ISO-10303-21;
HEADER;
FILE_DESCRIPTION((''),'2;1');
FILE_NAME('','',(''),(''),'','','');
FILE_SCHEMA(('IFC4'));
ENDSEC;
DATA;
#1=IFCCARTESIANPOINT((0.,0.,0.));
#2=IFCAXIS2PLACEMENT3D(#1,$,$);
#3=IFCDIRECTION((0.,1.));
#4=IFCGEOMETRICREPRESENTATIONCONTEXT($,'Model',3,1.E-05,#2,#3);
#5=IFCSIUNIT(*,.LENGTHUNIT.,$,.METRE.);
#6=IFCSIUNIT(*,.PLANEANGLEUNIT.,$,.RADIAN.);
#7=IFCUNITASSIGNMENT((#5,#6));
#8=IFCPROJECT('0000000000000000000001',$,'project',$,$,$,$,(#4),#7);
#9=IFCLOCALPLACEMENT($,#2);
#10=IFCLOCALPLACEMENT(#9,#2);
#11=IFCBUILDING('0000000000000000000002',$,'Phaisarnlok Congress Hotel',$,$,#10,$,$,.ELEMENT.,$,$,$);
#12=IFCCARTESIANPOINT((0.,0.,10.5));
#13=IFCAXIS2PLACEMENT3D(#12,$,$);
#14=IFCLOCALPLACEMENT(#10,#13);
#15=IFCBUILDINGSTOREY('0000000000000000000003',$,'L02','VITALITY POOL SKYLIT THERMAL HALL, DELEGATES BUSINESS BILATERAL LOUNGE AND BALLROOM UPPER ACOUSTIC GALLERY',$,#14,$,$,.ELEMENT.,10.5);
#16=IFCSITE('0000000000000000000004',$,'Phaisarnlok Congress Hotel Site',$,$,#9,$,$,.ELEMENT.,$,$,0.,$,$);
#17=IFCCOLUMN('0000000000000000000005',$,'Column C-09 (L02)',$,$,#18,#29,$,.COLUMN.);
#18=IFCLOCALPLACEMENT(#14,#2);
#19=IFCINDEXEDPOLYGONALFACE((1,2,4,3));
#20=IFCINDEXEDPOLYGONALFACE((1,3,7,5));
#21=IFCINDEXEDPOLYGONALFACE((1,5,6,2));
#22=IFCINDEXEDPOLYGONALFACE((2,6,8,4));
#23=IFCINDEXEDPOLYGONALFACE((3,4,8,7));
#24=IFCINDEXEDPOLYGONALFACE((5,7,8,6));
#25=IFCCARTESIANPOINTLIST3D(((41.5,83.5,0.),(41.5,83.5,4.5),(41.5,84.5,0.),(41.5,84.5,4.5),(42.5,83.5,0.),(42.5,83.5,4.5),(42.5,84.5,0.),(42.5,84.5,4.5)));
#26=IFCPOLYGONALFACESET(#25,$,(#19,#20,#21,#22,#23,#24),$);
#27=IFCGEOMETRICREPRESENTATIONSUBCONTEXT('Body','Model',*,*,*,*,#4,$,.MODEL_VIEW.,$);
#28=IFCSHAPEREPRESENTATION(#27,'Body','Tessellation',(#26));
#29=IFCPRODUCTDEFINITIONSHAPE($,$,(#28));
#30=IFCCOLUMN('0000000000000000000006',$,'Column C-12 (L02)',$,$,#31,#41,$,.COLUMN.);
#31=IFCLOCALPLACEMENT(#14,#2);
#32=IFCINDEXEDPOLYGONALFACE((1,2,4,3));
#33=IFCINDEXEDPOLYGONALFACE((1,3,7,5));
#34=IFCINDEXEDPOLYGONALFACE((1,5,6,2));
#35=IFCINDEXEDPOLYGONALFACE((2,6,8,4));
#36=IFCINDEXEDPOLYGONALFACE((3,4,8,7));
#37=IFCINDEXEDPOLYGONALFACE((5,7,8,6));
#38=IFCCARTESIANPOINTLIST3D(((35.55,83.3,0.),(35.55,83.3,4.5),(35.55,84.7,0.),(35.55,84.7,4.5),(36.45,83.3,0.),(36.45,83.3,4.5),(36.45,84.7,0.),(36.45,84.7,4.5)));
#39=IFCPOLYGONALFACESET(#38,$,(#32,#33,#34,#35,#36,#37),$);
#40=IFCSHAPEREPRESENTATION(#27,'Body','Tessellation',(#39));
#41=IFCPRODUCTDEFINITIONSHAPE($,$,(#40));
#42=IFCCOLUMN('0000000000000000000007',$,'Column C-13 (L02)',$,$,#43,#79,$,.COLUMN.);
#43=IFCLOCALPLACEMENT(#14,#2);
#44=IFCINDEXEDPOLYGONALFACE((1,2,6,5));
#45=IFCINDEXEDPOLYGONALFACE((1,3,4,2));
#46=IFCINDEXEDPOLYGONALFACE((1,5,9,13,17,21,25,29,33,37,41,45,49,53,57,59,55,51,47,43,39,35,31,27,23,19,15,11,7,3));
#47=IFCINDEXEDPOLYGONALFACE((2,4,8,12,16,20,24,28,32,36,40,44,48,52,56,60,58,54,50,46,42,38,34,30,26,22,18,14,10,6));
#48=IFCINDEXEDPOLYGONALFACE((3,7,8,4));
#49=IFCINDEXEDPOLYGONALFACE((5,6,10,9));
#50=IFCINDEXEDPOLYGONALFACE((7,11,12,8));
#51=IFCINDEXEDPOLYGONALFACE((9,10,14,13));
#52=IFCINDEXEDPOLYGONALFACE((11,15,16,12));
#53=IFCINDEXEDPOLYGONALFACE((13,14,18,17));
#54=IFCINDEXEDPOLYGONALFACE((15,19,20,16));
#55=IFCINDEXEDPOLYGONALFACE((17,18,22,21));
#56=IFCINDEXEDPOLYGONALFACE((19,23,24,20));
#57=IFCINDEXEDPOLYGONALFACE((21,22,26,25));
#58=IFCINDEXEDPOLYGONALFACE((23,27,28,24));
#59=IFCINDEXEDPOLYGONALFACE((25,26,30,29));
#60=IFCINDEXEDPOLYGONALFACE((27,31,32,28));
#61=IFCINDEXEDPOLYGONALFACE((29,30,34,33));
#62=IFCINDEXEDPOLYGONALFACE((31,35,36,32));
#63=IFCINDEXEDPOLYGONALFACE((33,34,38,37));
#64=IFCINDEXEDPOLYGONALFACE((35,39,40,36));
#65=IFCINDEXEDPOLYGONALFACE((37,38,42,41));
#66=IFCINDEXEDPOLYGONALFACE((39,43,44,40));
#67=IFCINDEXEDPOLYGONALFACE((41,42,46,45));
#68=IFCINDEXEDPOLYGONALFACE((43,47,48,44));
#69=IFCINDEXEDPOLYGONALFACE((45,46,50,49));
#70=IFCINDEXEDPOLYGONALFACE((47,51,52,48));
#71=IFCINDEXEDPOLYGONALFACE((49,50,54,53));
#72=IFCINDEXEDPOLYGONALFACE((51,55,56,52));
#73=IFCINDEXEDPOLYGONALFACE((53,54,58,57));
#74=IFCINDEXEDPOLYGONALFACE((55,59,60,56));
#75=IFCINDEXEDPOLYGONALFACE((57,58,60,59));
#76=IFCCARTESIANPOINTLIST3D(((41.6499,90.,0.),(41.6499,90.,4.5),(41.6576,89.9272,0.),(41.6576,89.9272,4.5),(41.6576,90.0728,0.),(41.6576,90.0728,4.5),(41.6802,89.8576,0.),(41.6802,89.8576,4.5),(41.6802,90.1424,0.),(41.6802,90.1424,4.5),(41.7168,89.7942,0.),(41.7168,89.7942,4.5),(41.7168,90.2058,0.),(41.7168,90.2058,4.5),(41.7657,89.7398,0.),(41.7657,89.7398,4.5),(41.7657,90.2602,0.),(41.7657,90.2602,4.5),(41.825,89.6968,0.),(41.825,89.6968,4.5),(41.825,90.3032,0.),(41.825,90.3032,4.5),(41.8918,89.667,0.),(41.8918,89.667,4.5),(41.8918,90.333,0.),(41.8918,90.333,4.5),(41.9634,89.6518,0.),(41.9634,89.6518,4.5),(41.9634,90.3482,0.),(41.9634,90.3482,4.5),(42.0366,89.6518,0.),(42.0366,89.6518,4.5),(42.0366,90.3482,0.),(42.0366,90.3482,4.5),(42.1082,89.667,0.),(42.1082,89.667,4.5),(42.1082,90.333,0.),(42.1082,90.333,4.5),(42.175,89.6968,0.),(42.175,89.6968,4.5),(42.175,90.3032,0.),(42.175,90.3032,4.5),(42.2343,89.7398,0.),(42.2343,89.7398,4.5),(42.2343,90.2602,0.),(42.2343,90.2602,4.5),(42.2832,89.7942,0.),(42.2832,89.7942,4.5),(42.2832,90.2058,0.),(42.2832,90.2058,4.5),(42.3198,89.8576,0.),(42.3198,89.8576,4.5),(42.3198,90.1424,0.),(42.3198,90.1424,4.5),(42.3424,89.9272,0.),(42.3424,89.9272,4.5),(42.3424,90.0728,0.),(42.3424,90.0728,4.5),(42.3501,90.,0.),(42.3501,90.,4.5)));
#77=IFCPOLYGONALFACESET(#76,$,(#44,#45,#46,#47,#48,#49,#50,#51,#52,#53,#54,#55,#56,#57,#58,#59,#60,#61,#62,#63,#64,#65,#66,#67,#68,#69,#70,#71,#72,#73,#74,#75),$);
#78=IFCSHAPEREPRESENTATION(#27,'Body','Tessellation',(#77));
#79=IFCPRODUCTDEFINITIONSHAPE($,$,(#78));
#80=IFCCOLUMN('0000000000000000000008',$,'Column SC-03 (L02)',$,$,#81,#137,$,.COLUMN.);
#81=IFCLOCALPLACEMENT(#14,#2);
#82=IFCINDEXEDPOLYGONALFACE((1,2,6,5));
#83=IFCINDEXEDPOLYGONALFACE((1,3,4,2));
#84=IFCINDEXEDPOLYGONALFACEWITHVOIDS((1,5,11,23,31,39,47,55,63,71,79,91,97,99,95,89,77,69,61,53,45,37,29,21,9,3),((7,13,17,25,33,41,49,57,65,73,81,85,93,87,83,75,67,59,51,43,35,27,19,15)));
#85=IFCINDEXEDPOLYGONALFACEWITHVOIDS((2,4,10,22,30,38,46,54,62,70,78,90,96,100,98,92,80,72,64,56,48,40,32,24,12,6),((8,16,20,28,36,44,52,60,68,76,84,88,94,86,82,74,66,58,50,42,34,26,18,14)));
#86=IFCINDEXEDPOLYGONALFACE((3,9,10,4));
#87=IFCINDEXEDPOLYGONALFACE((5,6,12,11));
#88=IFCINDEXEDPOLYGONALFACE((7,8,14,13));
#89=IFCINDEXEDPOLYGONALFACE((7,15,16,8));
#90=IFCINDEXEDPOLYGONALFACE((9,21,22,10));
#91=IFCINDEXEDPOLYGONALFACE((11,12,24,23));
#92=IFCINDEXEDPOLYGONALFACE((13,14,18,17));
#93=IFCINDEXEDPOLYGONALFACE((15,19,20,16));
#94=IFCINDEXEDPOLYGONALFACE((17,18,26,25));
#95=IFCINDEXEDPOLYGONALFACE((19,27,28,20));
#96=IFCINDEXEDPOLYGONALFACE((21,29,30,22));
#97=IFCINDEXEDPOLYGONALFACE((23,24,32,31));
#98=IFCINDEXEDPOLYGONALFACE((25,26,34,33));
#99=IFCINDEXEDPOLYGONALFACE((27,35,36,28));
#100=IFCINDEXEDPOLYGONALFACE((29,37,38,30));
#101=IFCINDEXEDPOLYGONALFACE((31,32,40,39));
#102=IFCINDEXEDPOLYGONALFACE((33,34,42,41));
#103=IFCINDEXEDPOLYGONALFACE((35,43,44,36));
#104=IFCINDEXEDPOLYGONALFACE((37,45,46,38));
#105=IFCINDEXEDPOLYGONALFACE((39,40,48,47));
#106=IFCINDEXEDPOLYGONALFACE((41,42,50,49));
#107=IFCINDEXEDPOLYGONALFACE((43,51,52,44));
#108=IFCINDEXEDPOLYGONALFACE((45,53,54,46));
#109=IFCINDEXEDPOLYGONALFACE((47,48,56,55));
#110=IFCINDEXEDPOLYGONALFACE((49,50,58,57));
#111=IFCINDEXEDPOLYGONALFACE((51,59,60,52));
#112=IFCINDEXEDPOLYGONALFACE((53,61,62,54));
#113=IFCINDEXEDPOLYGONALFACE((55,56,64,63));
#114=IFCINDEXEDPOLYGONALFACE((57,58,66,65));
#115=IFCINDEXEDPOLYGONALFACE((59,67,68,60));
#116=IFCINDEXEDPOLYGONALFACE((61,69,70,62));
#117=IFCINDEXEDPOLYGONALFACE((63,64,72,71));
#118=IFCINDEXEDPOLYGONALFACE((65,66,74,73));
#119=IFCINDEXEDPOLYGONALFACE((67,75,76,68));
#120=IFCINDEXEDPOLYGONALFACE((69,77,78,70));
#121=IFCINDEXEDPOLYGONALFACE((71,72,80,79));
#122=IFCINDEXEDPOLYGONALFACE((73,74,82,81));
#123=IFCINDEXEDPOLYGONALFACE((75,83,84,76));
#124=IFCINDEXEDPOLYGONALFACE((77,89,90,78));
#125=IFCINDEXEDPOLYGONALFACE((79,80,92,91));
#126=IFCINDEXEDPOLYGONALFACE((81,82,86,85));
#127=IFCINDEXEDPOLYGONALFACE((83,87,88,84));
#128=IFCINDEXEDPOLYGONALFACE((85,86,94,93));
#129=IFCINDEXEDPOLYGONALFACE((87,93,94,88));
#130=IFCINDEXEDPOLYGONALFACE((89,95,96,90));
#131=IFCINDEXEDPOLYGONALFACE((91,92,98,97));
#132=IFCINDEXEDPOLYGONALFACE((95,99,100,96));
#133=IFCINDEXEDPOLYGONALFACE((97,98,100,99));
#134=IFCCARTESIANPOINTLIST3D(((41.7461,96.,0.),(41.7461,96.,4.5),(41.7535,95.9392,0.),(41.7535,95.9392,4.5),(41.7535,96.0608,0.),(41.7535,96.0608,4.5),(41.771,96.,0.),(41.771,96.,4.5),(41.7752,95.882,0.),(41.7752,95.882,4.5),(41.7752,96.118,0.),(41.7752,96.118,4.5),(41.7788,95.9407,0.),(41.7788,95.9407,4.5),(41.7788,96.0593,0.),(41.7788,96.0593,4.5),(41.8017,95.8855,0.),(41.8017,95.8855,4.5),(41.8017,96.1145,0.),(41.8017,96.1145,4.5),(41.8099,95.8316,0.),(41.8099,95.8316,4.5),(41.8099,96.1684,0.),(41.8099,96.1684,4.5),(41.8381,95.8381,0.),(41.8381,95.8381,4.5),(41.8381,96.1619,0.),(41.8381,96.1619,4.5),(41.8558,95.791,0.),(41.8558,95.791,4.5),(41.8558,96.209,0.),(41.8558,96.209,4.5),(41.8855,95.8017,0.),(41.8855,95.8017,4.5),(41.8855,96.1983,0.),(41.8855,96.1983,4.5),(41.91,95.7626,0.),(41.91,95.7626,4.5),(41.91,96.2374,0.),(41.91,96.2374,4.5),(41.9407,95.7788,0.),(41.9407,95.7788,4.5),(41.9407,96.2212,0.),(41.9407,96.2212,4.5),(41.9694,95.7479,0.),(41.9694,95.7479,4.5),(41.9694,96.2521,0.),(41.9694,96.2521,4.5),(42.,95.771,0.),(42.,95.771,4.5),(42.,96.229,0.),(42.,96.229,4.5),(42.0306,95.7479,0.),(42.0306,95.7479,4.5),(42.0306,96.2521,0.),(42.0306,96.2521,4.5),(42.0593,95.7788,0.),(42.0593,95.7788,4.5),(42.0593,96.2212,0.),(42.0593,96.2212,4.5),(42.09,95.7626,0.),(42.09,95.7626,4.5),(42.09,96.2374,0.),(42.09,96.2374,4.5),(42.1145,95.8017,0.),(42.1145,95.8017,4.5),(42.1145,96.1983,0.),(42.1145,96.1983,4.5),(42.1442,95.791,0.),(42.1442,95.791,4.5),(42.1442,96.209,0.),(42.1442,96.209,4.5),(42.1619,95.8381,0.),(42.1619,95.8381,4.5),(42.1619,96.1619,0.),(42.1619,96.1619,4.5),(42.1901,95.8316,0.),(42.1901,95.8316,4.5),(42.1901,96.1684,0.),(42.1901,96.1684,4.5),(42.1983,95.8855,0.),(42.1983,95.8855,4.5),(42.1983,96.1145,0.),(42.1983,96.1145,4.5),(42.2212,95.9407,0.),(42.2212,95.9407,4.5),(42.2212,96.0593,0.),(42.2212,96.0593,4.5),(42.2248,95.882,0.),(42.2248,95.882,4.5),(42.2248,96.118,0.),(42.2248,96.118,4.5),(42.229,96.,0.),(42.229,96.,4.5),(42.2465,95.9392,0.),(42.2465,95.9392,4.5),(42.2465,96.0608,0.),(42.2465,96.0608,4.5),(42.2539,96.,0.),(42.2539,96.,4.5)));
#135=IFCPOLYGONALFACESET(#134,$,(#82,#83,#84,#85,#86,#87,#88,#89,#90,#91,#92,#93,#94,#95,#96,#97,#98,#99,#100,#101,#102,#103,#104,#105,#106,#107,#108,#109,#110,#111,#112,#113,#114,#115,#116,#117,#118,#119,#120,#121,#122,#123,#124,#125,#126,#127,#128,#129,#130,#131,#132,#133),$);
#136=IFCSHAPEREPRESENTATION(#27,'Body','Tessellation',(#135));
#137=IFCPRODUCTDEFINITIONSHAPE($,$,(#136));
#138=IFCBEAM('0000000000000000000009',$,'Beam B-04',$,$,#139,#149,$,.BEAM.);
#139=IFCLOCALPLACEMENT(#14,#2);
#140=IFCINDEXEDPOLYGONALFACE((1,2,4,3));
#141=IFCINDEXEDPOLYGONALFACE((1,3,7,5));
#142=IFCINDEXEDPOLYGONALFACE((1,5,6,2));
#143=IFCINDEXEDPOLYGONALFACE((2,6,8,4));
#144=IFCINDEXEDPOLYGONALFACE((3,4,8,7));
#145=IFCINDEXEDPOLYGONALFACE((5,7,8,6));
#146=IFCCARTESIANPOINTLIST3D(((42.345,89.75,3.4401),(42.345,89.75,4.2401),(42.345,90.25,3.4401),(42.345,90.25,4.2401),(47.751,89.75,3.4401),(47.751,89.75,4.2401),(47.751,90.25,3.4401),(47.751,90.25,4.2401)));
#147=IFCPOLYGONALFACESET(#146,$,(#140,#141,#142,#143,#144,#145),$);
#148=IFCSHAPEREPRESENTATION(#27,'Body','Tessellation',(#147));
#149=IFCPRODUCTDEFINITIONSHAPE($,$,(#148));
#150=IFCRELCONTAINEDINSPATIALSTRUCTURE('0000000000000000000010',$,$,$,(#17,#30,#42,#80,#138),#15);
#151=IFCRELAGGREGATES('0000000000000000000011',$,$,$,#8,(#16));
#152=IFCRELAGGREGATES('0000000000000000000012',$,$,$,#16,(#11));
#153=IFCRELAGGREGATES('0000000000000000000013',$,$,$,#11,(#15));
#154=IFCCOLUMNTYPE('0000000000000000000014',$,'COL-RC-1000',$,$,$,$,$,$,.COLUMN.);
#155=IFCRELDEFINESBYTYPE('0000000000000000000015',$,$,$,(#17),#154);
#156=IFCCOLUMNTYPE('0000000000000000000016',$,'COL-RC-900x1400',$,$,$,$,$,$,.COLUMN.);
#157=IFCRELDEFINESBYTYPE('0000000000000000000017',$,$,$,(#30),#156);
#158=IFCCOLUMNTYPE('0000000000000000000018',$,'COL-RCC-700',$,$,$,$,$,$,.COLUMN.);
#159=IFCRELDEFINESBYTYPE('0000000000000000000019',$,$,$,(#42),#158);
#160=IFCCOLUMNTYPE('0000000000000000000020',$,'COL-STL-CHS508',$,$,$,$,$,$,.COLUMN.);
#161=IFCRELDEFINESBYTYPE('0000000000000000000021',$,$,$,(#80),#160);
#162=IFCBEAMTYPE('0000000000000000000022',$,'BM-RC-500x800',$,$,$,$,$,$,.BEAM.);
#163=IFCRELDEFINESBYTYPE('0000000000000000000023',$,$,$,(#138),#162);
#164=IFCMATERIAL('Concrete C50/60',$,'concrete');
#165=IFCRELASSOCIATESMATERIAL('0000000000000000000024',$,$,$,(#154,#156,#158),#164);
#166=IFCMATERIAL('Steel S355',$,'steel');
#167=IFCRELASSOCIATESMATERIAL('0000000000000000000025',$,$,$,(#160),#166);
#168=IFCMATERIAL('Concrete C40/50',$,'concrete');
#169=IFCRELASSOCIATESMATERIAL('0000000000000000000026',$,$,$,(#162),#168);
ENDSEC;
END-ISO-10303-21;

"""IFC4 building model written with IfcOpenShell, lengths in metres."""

from ifc_helpers import new_model, si_unit, direction, frame, origin, origin_2d, place, context, subcontext, project, spatial, rectangle, circle, hollow_circle, extrude, material, material_profile, profile_set, type_object, element, save


model = new_model("IFC4")

# Units and contexts
model_context = context("Model", 3, precision=1e-05, world=origin(), true_north=direction((0.0, 1.0)))
body_context = subcontext(model_context, "Body", "Model", "MODEL_VIEW")
ifc_project = project(units=[si_unit("LENGTHUNIT", "METRE"), si_unit("PLANEANGLEUNIT", "RADIAN")], contexts=[model_context])

# Site, building, storey
site_placement = place(None, origin())
site = spatial("IfcSite", under=ifc_project, at=site_placement, Name="Phaisarnlok Congress Hotel Site", CompositionType="ELEMENT", RefElevation=0.0)
building_placement = place(site_placement, origin())
building = spatial("IfcBuilding", under=site, at=building_placement, Name="Phaisarnlok Congress Hotel", CompositionType="ELEMENT")
storey_placement = place(building_placement, frame((0.0, 0.0, 10.5)))
storey = spatial("IfcBuildingStorey", under=building, at=storey_placement, Name="L02", Description="VITALITY POOL SKYLIT THERMAL HALL, DELEGATES BUSINESS BILATERAL LOUNGE AND BALLROOM UPPER ACOUSTIC GALLERY", CompositionType="ELEMENT", Elevation=10.5)

# Columns
ifc_material_1 = material(Name="Concrete C50/60", Category="concrete")
ifc_material_profile_1 = material_profile(ifc_material_1, rectangle(XDim=1.0, YDim=1.0, at=origin_2d()), Name="RC 1000x1000")
ifc_profile_set_1 = profile_set([ifc_material_profile_1], Name="Concrete C50/60")
column_type_1 = type_object("IfcColumnType", Name="COL-RC-1000", PredefinedType="COLUMN", material=ifc_profile_set_1)
column_1_placement = place(storey_placement, frame((42.0, 84.0, 0.0), z_axis=(0.0, 0.0, 1.0), x_axis=(1.0, 0.0, 0.0)))
element("IfcColumn", 1, at=column_1_placement, inside=storey, type_object=column_type_1, Name="Column C-09 (L02)", PredefinedType="COLUMN", context=body_context, shape_type="SweptSolid", body=[
    extrude(rectangle(XDim=1.0, YDim=1.0, at=origin_2d()), origin(), (0.0, 0.0, 1.0), 4.5),
])
ifc_material_profile_2 = material_profile(ifc_material_1, rectangle(XDim=0.8999, YDim=1.3999, at=origin_2d()), Name="RC 900x1400")
ifc_profile_set_2 = profile_set([ifc_material_profile_2], Name="Concrete C50/60")
column_type_2 = type_object("IfcColumnType", Name="COL-RC-900x1400", PredefinedType="COLUMN", material=ifc_profile_set_2)
column_2_placement = place(storey_placement, frame((36.0, 84.0, 0.0), z_axis=(0.0, 0.0, 1.0), x_axis=(1.0, 0.0, 0.0)))
element("IfcColumn", 2, at=column_2_placement, inside=storey, type_object=column_type_2, Name="Column C-12 (L02)", PredefinedType="COLUMN", context=body_context, shape_type="SweptSolid", body=[
    extrude(rectangle(XDim=0.8999, YDim=1.3999, at=origin_2d()), origin(), (0.0, 0.0, 1.0), 4.5),
])
ifc_material_profile_3 = material_profile(ifc_material_1, circle(Radius=0.3501, at=origin_2d()), Name="RCC D700")
ifc_profile_set_3 = profile_set([ifc_material_profile_3], Name="Concrete C50/60")
column_type_3 = type_object("IfcColumnType", Name="COL-RCC-700", PredefinedType="COLUMN", material=ifc_profile_set_3)
column_3_placement = place(storey_placement, frame((42.0, 90.0, 0.0), z_axis=(0.0, 0.0, 1.0), x_axis=(1.0, 0.0, 0.0)))
element("IfcColumn", 3, at=column_3_placement, inside=storey, type_object=column_type_3, Name="Column C-13 (L02)", PredefinedType="COLUMN", context=body_context, shape_type="SweptSolid", body=[
    extrude(circle(Radius=0.3501, at=origin_2d()), origin(), (0.0, 0.0, 1.0), 4.5),
])
ifc_material_2 = material(Name="Steel S355", Category="steel")
ifc_material_profile_4 = material_profile(ifc_material_2, hollow_circle(Radius=0.2539, WallThickness=0.0249, at=origin_2d()), Name="CHS 508x25")
ifc_profile_set_4 = profile_set([ifc_material_profile_4], Name="Steel S355")
column_type_4 = type_object("IfcColumnType", Name="COL-STL-CHS508", PredefinedType="COLUMN", material=ifc_profile_set_4)
column_4_placement = place(storey_placement, frame((42.0, 96.0, 0.0), z_axis=(0.0, 0.0, 1.0), x_axis=(1.0, 0.0, 0.0)))
element("IfcColumn", 4, at=column_4_placement, inside=storey, type_object=column_type_4, Name="Column SC-03 (L02)", PredefinedType="COLUMN", context=body_context, shape_type="SweptSolid", body=[
    extrude(hollow_circle(Radius=0.2539, WallThickness=0.0249, at=origin_2d()), origin(), (0.0, 0.0, 1.0), 4.5),
])

# Beam
ifc_material_3 = material(Name="Concrete C40/50", Category="concrete")
ifc_material_profile_5 = material_profile(ifc_material_3, rectangle(XDim=0.5, YDim=0.8, at=origin_2d()), Name="RC 500x800")
ifc_profile_set_5 = profile_set([ifc_material_profile_5], Name="Concrete C40/50")
beam_type_1 = type_object("IfcBeamType", Name="BM-RC-500x800", PredefinedType="BEAM", material=ifc_profile_set_5)
beam_1_placement = place(storey_placement, frame((42.345, 90.0, 3.8401), z_axis=(1.0, 0.0, 0.0), x_axis=(0.0, 1.0, 0.0)))
element("IfcBeam", 5, at=beam_1_placement, inside=storey, type_object=beam_type_1, Name="Beam B-04", PredefinedType="BEAM", context=body_context, shape_type="SweptSolid", body=[
    extrude(rectangle(XDim=0.5, YDim=0.8, at=origin_2d()), origin(), (0.0, 0.0, 1.0), 5.406),
])

save(model, "model.ifc")
